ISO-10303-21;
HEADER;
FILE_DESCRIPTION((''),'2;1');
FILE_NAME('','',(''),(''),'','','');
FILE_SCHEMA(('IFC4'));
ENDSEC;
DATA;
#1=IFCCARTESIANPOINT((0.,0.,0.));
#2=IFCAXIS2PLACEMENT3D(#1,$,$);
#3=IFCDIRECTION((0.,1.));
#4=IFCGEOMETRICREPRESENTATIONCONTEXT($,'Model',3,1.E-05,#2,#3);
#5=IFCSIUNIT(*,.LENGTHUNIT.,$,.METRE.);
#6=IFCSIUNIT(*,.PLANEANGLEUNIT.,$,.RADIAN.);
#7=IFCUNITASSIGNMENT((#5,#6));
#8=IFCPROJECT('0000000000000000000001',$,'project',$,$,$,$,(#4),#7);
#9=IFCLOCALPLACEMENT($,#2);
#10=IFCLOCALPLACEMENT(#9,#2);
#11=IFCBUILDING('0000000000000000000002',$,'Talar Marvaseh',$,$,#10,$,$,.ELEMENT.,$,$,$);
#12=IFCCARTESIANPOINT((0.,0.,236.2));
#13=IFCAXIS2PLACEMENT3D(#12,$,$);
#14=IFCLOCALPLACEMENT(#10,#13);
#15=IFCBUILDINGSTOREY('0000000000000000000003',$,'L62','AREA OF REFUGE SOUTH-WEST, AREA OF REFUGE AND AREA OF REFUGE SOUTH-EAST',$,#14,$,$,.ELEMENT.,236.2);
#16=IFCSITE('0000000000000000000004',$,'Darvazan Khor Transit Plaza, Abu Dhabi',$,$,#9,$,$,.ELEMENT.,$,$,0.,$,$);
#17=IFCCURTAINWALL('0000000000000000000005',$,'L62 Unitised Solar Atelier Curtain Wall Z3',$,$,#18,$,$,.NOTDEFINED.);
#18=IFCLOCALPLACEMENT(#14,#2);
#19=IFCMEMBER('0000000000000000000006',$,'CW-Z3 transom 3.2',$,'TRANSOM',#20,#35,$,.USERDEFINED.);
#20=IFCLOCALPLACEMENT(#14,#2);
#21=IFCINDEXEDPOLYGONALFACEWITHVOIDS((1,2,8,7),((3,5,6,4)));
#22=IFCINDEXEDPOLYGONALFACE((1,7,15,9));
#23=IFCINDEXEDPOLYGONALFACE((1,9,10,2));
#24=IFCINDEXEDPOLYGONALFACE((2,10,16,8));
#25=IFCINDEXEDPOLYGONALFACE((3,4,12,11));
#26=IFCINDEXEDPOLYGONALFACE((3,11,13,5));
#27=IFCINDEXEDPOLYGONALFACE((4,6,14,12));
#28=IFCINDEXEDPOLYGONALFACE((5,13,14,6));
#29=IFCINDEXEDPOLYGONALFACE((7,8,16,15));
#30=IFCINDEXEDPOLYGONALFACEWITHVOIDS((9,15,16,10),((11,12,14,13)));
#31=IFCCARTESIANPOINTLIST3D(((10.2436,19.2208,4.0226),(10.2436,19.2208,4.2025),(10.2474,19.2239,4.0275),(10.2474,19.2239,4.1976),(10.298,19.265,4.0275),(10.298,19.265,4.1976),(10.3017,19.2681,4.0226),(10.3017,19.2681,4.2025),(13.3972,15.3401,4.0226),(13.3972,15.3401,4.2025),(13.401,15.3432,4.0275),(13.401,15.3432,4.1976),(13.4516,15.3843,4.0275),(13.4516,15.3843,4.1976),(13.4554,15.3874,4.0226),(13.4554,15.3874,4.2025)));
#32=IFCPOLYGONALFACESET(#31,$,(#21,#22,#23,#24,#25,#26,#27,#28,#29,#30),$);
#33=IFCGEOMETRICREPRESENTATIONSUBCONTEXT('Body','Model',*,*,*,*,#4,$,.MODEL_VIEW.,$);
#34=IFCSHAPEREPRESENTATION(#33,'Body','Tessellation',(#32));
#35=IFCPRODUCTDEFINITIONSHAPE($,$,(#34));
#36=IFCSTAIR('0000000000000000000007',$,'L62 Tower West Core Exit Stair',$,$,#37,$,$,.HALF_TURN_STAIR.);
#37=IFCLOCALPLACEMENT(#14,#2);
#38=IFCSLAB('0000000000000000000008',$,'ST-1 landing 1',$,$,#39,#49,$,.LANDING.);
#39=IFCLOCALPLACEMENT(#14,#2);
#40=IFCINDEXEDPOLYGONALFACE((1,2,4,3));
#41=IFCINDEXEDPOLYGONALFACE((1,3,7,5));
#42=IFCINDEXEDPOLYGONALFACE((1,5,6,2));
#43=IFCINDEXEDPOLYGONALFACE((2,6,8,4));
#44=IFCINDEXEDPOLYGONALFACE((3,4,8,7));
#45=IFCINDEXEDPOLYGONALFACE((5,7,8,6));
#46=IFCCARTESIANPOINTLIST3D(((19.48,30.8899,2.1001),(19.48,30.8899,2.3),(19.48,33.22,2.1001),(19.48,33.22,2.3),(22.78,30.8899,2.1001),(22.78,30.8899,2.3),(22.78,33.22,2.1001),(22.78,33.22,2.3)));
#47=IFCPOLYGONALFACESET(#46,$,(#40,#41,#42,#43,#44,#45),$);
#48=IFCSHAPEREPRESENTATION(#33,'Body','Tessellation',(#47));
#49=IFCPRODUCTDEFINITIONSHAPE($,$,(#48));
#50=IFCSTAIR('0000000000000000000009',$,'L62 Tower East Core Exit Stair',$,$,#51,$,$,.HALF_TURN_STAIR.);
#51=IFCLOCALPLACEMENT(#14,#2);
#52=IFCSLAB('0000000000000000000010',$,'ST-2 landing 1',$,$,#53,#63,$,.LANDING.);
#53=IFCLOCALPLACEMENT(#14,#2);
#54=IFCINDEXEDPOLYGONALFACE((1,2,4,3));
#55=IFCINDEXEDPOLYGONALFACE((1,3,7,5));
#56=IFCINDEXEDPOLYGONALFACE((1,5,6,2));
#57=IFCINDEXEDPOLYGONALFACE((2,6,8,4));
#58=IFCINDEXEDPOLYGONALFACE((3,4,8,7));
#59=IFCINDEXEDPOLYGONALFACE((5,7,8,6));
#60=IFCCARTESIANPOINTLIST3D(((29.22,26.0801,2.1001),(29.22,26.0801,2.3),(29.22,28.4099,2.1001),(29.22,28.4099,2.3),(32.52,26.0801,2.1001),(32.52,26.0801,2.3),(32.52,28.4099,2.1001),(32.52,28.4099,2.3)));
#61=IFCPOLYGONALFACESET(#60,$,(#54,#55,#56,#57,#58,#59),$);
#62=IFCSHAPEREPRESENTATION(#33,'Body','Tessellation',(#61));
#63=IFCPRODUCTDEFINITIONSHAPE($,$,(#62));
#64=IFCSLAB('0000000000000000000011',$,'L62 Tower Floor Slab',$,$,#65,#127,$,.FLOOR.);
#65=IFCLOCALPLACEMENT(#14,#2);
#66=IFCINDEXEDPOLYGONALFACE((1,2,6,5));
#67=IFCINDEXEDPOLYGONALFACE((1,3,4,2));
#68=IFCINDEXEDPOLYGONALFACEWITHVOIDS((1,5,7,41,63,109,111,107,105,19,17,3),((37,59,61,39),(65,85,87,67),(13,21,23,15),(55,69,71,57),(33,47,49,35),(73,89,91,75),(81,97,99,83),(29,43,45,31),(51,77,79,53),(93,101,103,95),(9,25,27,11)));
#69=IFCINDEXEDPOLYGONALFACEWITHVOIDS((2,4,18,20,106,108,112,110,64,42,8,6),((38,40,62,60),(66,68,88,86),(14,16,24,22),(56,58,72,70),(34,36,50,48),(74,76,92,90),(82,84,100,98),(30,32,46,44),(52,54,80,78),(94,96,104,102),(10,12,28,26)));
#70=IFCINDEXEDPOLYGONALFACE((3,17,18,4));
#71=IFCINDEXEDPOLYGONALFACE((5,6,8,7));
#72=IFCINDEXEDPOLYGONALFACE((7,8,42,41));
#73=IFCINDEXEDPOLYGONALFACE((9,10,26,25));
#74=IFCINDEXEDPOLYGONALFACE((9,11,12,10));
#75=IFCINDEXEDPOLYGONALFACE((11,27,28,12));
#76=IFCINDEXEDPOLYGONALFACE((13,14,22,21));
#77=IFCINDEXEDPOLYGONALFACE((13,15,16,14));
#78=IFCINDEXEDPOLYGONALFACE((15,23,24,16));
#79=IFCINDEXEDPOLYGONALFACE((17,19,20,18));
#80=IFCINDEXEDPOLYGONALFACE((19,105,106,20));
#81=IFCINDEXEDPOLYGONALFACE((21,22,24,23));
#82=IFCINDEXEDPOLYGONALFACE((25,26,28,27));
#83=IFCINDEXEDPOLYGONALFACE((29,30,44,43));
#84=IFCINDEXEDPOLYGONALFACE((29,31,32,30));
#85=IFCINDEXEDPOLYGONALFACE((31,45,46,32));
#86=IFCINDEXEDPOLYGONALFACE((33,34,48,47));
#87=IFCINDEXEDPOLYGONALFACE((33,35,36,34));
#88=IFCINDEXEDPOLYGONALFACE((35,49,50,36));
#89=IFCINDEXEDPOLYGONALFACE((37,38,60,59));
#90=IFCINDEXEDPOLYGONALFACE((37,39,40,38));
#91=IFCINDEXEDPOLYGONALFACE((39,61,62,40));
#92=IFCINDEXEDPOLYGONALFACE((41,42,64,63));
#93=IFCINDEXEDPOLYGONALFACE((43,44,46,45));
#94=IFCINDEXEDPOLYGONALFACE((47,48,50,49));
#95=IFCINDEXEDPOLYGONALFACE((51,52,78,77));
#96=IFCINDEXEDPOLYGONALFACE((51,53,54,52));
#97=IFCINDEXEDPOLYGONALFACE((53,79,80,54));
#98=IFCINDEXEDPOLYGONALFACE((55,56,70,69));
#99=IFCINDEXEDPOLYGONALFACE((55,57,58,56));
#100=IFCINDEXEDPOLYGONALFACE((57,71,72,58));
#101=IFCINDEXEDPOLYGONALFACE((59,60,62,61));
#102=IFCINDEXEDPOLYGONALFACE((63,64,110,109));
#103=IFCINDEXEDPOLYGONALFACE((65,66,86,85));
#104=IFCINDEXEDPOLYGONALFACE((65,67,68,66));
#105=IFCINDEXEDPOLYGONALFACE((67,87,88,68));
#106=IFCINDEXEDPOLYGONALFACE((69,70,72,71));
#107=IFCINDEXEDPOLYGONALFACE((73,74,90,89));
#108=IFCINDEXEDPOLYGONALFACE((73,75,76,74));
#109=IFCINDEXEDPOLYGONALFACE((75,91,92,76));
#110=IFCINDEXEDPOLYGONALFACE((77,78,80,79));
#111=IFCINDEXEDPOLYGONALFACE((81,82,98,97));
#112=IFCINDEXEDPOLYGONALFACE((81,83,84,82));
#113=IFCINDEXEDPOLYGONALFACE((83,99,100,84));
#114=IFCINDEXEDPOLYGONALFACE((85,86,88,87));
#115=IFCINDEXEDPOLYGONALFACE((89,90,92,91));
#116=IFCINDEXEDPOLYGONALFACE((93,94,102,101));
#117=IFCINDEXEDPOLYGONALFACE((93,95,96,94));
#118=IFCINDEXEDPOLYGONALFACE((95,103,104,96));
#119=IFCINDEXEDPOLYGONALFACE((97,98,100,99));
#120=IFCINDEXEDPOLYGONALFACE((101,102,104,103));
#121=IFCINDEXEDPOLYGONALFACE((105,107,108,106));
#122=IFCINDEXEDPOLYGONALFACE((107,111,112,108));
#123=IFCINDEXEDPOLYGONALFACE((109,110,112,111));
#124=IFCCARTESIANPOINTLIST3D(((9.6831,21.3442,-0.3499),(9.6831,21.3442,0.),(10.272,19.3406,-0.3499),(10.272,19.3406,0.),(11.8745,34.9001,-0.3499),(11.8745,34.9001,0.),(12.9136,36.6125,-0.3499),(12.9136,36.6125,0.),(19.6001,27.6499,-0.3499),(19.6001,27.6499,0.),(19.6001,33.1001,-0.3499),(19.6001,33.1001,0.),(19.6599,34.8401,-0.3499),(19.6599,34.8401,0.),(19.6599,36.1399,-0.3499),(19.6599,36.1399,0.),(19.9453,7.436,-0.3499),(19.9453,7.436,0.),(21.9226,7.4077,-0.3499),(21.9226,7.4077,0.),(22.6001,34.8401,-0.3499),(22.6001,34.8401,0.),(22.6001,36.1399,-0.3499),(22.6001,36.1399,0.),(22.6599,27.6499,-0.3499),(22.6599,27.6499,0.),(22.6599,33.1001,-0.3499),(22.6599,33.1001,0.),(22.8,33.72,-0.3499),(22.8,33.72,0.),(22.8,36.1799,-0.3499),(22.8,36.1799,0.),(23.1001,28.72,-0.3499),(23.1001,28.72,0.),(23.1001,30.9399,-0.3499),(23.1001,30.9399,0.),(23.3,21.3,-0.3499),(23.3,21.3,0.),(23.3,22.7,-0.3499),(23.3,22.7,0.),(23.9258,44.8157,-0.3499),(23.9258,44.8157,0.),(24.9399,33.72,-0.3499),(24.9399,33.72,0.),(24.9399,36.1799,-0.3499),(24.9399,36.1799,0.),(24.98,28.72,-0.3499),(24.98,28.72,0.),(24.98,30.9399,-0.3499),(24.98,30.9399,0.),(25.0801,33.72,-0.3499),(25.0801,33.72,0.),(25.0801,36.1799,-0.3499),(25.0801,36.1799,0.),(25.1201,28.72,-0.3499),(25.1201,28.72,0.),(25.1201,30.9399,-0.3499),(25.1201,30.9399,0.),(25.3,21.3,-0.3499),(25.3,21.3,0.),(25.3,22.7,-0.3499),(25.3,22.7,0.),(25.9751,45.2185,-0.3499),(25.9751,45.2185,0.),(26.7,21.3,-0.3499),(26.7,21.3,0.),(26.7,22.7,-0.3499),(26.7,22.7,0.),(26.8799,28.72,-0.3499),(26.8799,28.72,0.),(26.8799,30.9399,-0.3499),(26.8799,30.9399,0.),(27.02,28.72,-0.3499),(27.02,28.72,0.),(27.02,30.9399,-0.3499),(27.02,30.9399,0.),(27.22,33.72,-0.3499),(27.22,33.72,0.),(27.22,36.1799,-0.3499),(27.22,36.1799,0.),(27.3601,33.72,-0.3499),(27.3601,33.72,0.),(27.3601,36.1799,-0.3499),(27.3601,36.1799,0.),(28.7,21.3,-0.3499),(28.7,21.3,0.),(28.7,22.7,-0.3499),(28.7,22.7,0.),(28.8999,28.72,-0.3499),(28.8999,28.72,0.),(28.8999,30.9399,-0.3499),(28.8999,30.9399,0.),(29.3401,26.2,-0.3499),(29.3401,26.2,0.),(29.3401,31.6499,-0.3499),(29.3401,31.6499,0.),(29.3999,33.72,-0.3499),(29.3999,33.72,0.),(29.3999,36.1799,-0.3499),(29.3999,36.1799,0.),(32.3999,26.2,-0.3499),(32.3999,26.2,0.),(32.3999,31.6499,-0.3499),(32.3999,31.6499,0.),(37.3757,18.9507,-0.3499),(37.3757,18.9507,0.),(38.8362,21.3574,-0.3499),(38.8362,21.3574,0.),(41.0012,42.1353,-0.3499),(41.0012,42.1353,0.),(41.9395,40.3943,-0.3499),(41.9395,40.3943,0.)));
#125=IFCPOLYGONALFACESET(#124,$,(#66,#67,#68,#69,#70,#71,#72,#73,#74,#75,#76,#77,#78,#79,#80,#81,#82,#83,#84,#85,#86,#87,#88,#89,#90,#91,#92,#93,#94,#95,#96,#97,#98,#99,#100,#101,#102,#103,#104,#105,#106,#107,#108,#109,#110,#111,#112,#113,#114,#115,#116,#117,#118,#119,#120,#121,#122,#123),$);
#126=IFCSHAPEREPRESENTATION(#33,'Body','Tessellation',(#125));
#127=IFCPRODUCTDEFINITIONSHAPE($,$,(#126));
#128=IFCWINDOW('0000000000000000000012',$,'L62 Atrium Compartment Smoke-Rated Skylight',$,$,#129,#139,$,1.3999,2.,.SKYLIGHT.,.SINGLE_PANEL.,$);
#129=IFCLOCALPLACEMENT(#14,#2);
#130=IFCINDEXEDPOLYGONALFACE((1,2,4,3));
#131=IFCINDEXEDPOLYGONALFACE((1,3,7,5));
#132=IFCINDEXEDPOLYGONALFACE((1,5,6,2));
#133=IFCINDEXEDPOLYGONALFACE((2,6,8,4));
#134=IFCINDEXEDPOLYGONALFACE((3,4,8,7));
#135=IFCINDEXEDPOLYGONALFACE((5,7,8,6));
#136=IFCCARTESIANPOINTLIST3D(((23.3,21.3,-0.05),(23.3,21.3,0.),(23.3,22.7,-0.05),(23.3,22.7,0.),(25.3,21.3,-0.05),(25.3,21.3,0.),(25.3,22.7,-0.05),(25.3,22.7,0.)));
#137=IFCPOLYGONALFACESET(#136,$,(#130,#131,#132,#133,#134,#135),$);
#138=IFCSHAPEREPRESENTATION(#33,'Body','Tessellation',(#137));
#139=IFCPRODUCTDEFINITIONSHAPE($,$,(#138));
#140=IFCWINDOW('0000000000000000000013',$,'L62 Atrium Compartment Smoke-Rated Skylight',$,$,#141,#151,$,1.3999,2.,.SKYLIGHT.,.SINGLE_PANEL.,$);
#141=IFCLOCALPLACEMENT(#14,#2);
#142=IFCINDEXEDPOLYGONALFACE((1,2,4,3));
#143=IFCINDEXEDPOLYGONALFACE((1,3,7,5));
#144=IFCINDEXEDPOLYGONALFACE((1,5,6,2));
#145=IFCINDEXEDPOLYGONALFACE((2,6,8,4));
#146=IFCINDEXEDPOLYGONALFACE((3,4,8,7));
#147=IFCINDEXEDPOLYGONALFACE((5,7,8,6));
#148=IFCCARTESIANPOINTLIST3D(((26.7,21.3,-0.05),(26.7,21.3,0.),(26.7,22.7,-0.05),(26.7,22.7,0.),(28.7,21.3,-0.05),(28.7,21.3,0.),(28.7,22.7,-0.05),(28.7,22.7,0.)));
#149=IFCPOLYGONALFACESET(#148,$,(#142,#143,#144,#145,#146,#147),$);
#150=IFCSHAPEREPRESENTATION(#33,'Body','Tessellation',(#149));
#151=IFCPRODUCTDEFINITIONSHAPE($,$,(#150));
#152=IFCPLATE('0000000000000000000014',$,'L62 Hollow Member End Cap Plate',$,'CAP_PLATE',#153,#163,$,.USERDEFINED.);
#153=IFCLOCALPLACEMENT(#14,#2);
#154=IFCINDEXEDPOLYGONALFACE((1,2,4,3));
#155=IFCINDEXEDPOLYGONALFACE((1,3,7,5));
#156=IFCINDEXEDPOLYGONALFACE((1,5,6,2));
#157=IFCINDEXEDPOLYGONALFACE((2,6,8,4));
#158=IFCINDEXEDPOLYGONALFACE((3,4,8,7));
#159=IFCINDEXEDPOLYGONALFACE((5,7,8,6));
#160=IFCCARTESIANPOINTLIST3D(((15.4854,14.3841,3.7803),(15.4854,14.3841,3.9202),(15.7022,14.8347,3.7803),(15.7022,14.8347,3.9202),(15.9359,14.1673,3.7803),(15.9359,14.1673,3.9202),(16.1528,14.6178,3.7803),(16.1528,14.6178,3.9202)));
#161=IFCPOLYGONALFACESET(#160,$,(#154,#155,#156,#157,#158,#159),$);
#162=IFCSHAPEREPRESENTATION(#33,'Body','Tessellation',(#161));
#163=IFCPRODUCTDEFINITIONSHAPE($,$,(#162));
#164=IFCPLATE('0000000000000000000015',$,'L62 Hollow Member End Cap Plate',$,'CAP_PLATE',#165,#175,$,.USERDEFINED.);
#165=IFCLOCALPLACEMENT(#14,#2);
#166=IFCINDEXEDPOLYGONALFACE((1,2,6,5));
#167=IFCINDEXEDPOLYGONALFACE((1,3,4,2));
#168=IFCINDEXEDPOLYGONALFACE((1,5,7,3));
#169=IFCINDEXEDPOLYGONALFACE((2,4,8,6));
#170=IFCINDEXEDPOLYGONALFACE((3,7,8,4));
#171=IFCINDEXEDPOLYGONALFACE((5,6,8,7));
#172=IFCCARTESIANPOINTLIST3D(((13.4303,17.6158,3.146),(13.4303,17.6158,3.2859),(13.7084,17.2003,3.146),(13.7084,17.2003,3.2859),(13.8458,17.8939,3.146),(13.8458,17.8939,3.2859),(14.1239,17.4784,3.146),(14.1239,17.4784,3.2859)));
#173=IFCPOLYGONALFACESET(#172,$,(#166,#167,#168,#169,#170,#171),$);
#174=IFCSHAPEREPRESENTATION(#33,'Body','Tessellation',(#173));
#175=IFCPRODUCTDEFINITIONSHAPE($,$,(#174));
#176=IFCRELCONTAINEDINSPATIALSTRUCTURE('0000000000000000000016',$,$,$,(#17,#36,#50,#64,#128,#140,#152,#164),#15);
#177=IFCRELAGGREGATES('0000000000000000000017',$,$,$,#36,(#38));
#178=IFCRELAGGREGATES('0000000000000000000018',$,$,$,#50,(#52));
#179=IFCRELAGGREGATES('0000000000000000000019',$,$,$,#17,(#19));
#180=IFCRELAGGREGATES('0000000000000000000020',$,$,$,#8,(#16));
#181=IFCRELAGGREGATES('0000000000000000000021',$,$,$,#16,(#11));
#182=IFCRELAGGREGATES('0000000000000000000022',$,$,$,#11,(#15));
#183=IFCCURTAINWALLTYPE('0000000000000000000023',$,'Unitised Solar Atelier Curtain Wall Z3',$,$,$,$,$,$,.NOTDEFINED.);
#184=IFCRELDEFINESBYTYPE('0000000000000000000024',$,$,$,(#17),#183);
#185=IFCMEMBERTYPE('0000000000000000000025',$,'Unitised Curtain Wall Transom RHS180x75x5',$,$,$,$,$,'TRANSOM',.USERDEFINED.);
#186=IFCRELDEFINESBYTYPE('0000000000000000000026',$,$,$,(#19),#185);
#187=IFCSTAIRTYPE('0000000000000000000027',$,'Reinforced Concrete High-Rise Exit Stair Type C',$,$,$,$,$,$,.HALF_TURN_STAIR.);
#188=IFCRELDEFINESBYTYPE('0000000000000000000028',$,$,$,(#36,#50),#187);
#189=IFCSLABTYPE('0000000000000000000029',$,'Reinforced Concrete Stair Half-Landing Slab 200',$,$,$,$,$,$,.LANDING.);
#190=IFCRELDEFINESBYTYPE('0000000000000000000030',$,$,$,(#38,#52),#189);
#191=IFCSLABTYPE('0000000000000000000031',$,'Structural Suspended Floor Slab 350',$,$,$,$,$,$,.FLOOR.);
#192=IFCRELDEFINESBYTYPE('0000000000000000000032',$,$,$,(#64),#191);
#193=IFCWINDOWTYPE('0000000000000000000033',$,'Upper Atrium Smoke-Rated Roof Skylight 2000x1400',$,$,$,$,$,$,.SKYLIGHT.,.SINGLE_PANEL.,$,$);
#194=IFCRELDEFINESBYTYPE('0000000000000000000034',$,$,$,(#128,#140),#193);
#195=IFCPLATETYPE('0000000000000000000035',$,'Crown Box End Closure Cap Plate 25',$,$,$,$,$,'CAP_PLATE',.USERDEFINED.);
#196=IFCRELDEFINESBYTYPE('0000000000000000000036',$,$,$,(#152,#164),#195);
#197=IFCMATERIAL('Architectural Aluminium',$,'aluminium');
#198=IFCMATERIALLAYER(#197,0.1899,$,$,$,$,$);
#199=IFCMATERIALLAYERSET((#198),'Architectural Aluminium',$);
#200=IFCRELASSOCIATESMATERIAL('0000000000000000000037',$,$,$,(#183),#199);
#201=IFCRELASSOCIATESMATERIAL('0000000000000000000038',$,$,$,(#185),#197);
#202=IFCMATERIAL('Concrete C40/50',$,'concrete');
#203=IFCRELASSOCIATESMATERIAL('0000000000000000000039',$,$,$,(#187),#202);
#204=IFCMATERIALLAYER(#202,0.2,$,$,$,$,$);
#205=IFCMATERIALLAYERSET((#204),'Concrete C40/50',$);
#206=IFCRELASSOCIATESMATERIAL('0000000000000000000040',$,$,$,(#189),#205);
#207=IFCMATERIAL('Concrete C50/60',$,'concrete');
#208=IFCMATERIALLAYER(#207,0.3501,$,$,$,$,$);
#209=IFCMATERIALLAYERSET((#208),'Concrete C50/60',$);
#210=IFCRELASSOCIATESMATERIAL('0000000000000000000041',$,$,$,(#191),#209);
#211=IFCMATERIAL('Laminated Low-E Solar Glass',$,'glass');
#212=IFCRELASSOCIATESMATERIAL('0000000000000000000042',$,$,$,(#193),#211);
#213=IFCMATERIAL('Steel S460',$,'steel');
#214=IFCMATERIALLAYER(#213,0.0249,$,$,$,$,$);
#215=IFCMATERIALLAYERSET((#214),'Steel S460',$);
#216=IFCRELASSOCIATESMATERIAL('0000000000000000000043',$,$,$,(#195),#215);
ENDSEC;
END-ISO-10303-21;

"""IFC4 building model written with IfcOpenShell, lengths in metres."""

from ifc_helpers import new_model, si_unit, direction, frame, origin, origin_2d, place, context, subcontext, project, spatial, polyline, rectangle, hollow_rectangle, outline, extrude, source, transform, mapped, material, layer, layer_set, material_profile, profile_set, type_object, type_shapes, element, fill, aggregate, save


model = new_model("IFC4")

# Units and contexts
model_context = context("Model", 3, precision=1e-05, world=origin(), true_north=direction((0.0, 1.0)))
body_context = subcontext(model_context, "Body", "Model", "MODEL_VIEW")
ifc_project = project(units=[si_unit("LENGTHUNIT", "METRE"), si_unit("PLANEANGLEUNIT", "RADIAN")], contexts=[model_context])

# Site, building, storey
site_placement = place(None, origin())
site = spatial("IfcSite", under=ifc_project, at=site_placement, Name="Darvazan Khor Transit Plaza, Abu Dhabi", CompositionType="ELEMENT", RefElevation=0.0)
building_placement = place(site_placement, origin())
building = spatial("IfcBuilding", under=site, at=building_placement, Name="Talar Marvaseh", CompositionType="ELEMENT")
storey_placement = place(building_placement, frame((0.0, 0.0, 236.2)))
storey = spatial("IfcBuildingStorey", under=building, at=storey_placement, Name="L62", Description="AREA OF REFUGE SOUTH-WEST, AREA OF REFUGE AND AREA OF REFUGE SOUTH-EAST", CompositionType="ELEMENT", Elevation=236.2)

# Shared definitions
ifc_material_1 = material(Name="Steel S460", Category="steel")

# Curtain wall, member
ifc_material_2 = material(Name="Architectural Aluminium", Category="aluminium")
ifc_layer_1 = layer(ifc_material_2, 0.1899)
ifc_layer_set_1 = layer_set([ifc_layer_1], Name="Architectural Aluminium")
curtain_wall_type = type_object("IfcCurtainWallType", Name="Unitised Solar Atelier Curtain Wall Z3", PredefinedType="NOTDEFINED", material=ifc_layer_set_1)
curtain_wall_placement = place(storey_placement, origin())
curtain_wall = element("IfcCurtainWall", 1, at=curtain_wall_placement, inside=storey, type_object=curtain_wall_type, Name="L62 Unitised Solar Atelier Curtain Wall Z3", PredefinedType="NOTDEFINED")
ifc_material_profile_1 = material_profile(ifc_material_2, hollow_rectangle(XDim=0.075, YDim=0.1799, WallThickness=0.0049, at=origin_2d()), Name="RHS180x75x5")
ifc_profile_set_1 = profile_set([ifc_material_profile_1], Name="Architectural Aluminium")
member_type_1 = type_object("IfcMemberType", Name="Unitised Curtain Wall Transom RHS180x75x5", ElementType="TRANSOM", PredefinedType="USERDEFINED", material=ifc_profile_set_1)
shared_shape_1 = source(origin(), body_context, "Body", "SweptSolid", [
    extrude(hollow_rectangle(XDim=0.075, YDim=0.1799, WallThickness=0.0049, at=origin_2d()), origin(), (0.0, 0.0, 1.0), 5.0005),
])
type_shapes(member_type_1, [shared_shape_1])
member_1_placement = place(storey_placement, frame((13.4263, 15.3638, 4.1125), z_axis=(-0.630661, 0.776059, 0.0), x_axis=(-0.776059, -0.630661, 0.0)))
member_1 = element("IfcMember", 2, at=member_1_placement, type_object=member_type_1, Name="CW-Z3 transom 3.2", ObjectType="TRANSOM", PredefinedType="USERDEFINED", context=body_context, shape_type="MappedRepresentation", body=[
    mapped(shared_shape_1, transform((0.0, 0.0, 0.0), x_axis=(1.0, 0.0, 0.0), y_axis=(0.0, 1.0, 0.0), z_axis=(0.0, 0.0, 1.0), scale=1.0)),
])

# Stairs, slabs
ifc_material_3 = material(Name="Concrete C40/50", Category="concrete")
stair_type = type_object("IfcStairType", Name="Reinforced Concrete High-Rise Exit Stair Type C", PredefinedType="HALF_TURN_STAIR", material=ifc_material_3)
stair_1_placement = place(storey_placement, origin())
stair_1 = element("IfcStair", 3, at=stair_1_placement, inside=storey, type_object=stair_type, Name="L62 Tower West Core Exit Stair", PredefinedType="HALF_TURN_STAIR")
ifc_layer_2 = layer(ifc_material_3, 0.2)
ifc_layer_set_2 = layer_set([ifc_layer_2], Name="Concrete C40/50")
slab_type_1 = type_object("IfcSlabType", Name="Reinforced Concrete Stair Half-Landing Slab 200", PredefinedType="LANDING", material=ifc_layer_set_2)
slab_1_placement = place(storey_placement, frame((0.0, 0.0, 2.1001)))
slab_1 = element("IfcSlab", 4, at=slab_1_placement, type_object=slab_type_1, Name="ST-1 landing 1", PredefinedType="LANDING", context=body_context, shape_type="SweptSolid", body=[
    extrude(outline(polyline([(22.78, 30.8899), (22.78, 33.22), (19.48, 33.22), (19.48, 30.8899), (22.78, 30.8899)])), origin(), (0.0, 0.0, 1.0), 0.2),
])
aggregate(stair_1, [slab_1])
stair_2_placement = place(storey_placement, origin())
stair_2 = element("IfcStair", 5, at=stair_2_placement, inside=storey, type_object=stair_type, Name="L62 Tower East Core Exit Stair", PredefinedType="HALF_TURN_STAIR")
slab_2_placement = place(storey_placement, frame((0.0, 0.0, 2.1001)))
slab_2 = element("IfcSlab", 6, at=slab_2_placement, type_object=slab_type_1, Name="ST-2 landing 1", PredefinedType="LANDING", context=body_context, shape_type="SweptSolid", body=[
    extrude(outline(polyline([(29.22, 28.4099), (29.22, 26.0801), (32.52, 26.0801), (32.52, 28.4099), (29.22, 28.4099)])), origin(), (0.0, 0.0, 1.0), 0.2),
])
aggregate(stair_2, [slab_2])

# Slab, openings, windows
ifc_material_4 = material(Name="Concrete C50/60", Category="concrete")
ifc_layer_3 = layer(ifc_material_4, 0.3501)
ifc_layer_set_3 = layer_set([ifc_layer_3], Name="Concrete C50/60")
slab_type_2 = type_object("IfcSlabType", Name="Structural Suspended Floor Slab 350", PredefinedType="FLOOR", material=ifc_layer_set_3)
slab_3_placement = place(storey_placement, frame((0.0, 0.0, -0.3499)))
slab_3 = element("IfcSlab", 7, at=slab_3_placement, inside=storey, type_object=slab_type_2, Name="L62 Tower Floor Slab", PredefinedType="FLOOR", context=body_context, shape_type="SweptSolid", body=[
    extrude(outline(polyline([(21.9226, 7.4077), (19.9453, 7.436), (10.272, 19.3406), (9.6831, 21.3442), (11.8745, 34.9001), (12.9136, 36.6125), (23.9258, 44.8157), (25.9751, 45.2185), (41.0012, 42.1353), (41.9395, 40.3943), (38.8362, 21.3574), (37.3757, 18.9507), (21.9226, 7.4077)]), holes=[polyline([(22.6599, 27.6499), (22.6599, 33.1001), (19.6001, 33.1001), (19.6001, 27.6499), (22.6599, 27.6499)]), polyline([(29.3401, 31.6499), (29.3401, 26.2), (32.3999, 26.2), (32.3999, 31.6499), (29.3401, 31.6499)]), polyline([(22.8, 33.72), (24.9399, 33.72), (24.9399, 36.1799), (22.8, 36.1799), (22.8, 33.72)]), polyline([(25.0801, 33.72), (27.22, 33.72), (27.22, 36.1799), (25.0801, 36.1799), (25.0801, 33.72)]), polyline([(27.3601, 33.72), (29.3999, 33.72), (29.3999, 36.1799), (27.3601, 36.1799), (27.3601, 33.72)]), polyline([(23.1001, 28.72), (24.98, 28.72), (24.98, 30.9399), (23.1001, 30.9399), (23.1001, 28.72)]), polyline([(25.1201, 28.72), (26.8799, 28.72), (26.8799, 30.9399), (25.1201, 30.9399), (25.1201, 28.72)]), polyline([(27.02, 28.72), (28.8999, 28.72), (28.8999, 30.9399), (27.02, 30.9399), (27.02, 28.72)]), polyline([(19.6599, 34.8401), (22.6001, 34.8401), (22.6001, 36.1399), (19.6599, 36.1399), (19.6599, 34.8401)])]), origin(), (0.0, 0.0, 1.0), 0.3499),
])
opening_1_placement = place(slab_3_placement, frame((24.3, 22.0, -0.01)))
opening_1 = element("IfcOpeningElement", 8, at=opening_1_placement, cuts=slab_3, PredefinedType="OPENING", context=body_context, shape_type="SweptSolid", body=[
    extrude(rectangle(XDim=2.0, YDim=1.3999, at=origin_2d()), origin(), (0.0, 0.0, 1.0), 0.3699),
])
opening_2_placement = place(slab_3_placement, frame((27.7, 22.0, -0.01)))
opening_2 = element("IfcOpeningElement", 9, at=opening_2_placement, cuts=slab_3, PredefinedType="OPENING", context=body_context, shape_type="SweptSolid", body=[
    extrude(rectangle(XDim=2.0, YDim=1.3999, at=origin_2d()), origin(), (0.0, 0.0, 1.0), 0.3699),
])
ifc_material_5 = material(Name="Laminated Low-E Solar Glass", Category="glass")
window_type = type_object("IfcWindowType", Name="Upper Atrium Smoke-Rated Roof Skylight 2000x1400", PartitioningType="SINGLE_PANEL", PredefinedType="SKYLIGHT", material=ifc_material_5)
window_1_placement = place(slab_3_placement, frame((24.3, 22.0, 0.2998)))
window_1 = element("IfcWindow", 10, at=window_1_placement, inside=storey, type_object=window_type, Name="L62 Atrium Compartment Smoke-Rated Skylight", OverallHeight=1.3999, OverallWidth=2.0, PartitioningType="SINGLE_PANEL", PredefinedType="SKYLIGHT", context=body_context, shape_type="SweptSolid", body=[
    extrude(rectangle(XDim=2.0, YDim=1.3999, at=origin_2d()), origin(), (0.0, 0.0, 1.0), 0.05),
])
fill(opening_1, window_1)
window_2_placement = place(slab_3_placement, frame((27.7, 22.0, 0.2998)))
window_2 = element("IfcWindow", 11, at=window_2_placement, inside=storey, type_object=window_type, Name="L62 Atrium Compartment Smoke-Rated Skylight", OverallHeight=1.3999, OverallWidth=2.0, PartitioningType="SINGLE_PANEL", PredefinedType="SKYLIGHT", context=body_context, shape_type="SweptSolid", body=[
    extrude(rectangle(XDim=2.0, YDim=1.3999, at=origin_2d()), origin(), (0.0, 0.0, 1.0), 0.05),
])
fill(opening_2, window_2)

# Plates
ifc_layer_4 = layer(ifc_material_1, 0.0249)
ifc_layer_set_4 = layer_set([ifc_layer_4], Name="Steel S460")
plate_type_1 = type_object("IfcPlateType", Name="Crown Box End Closure Cap Plate 25", ElementType="CAP_PLATE", PredefinedType="USERDEFINED", material=ifc_layer_set_4)
shared_shape_2 = source(origin(), body_context, "Body", "SweptSolid", [
    extrude(rectangle(XDim=0.5, YDim=0.5, at=origin_2d()), origin(), (0.0, 0.0, 1.0), 0.1399),
])
type_shapes(plate_type_1, [shared_shape_2])
for number, where, z_axis, x_axis, name in (
    (12, (15.8191, 14.501, 3.7803), (0.0, 0.0, 1.0), (-0.901077, 0.433659, 0.0), "L62 Hollow Member End Cap Plate"),
    (13, (13.7771, 17.5471, 3.146), (0.0, 0.0, 1.0), (0.556296, -0.830984, 0.0), "L62 Hollow Member End Cap Plate"),
):
    element("IfcPlate", number, at=place(storey_placement, frame(where, z_axis=z_axis, x_axis=x_axis)), inside=storey, type_object=plate_type_1, Name=name, ObjectType="CAP_PLATE", PredefinedType="USERDEFINED", context=body_context, shape_type="MappedRepresentation", body=[
        mapped(shared_shape_2, transform((0.0, 0.0, 0.0), x_axis=(1.0, 0.0, 0.0), y_axis=(0.0, 1.0, 0.0), z_axis=(0.0, 0.0, 1.0), scale=1.0)),
    ])

aggregate(curtain_wall, [member_1])

save(model, "model.ifc")
